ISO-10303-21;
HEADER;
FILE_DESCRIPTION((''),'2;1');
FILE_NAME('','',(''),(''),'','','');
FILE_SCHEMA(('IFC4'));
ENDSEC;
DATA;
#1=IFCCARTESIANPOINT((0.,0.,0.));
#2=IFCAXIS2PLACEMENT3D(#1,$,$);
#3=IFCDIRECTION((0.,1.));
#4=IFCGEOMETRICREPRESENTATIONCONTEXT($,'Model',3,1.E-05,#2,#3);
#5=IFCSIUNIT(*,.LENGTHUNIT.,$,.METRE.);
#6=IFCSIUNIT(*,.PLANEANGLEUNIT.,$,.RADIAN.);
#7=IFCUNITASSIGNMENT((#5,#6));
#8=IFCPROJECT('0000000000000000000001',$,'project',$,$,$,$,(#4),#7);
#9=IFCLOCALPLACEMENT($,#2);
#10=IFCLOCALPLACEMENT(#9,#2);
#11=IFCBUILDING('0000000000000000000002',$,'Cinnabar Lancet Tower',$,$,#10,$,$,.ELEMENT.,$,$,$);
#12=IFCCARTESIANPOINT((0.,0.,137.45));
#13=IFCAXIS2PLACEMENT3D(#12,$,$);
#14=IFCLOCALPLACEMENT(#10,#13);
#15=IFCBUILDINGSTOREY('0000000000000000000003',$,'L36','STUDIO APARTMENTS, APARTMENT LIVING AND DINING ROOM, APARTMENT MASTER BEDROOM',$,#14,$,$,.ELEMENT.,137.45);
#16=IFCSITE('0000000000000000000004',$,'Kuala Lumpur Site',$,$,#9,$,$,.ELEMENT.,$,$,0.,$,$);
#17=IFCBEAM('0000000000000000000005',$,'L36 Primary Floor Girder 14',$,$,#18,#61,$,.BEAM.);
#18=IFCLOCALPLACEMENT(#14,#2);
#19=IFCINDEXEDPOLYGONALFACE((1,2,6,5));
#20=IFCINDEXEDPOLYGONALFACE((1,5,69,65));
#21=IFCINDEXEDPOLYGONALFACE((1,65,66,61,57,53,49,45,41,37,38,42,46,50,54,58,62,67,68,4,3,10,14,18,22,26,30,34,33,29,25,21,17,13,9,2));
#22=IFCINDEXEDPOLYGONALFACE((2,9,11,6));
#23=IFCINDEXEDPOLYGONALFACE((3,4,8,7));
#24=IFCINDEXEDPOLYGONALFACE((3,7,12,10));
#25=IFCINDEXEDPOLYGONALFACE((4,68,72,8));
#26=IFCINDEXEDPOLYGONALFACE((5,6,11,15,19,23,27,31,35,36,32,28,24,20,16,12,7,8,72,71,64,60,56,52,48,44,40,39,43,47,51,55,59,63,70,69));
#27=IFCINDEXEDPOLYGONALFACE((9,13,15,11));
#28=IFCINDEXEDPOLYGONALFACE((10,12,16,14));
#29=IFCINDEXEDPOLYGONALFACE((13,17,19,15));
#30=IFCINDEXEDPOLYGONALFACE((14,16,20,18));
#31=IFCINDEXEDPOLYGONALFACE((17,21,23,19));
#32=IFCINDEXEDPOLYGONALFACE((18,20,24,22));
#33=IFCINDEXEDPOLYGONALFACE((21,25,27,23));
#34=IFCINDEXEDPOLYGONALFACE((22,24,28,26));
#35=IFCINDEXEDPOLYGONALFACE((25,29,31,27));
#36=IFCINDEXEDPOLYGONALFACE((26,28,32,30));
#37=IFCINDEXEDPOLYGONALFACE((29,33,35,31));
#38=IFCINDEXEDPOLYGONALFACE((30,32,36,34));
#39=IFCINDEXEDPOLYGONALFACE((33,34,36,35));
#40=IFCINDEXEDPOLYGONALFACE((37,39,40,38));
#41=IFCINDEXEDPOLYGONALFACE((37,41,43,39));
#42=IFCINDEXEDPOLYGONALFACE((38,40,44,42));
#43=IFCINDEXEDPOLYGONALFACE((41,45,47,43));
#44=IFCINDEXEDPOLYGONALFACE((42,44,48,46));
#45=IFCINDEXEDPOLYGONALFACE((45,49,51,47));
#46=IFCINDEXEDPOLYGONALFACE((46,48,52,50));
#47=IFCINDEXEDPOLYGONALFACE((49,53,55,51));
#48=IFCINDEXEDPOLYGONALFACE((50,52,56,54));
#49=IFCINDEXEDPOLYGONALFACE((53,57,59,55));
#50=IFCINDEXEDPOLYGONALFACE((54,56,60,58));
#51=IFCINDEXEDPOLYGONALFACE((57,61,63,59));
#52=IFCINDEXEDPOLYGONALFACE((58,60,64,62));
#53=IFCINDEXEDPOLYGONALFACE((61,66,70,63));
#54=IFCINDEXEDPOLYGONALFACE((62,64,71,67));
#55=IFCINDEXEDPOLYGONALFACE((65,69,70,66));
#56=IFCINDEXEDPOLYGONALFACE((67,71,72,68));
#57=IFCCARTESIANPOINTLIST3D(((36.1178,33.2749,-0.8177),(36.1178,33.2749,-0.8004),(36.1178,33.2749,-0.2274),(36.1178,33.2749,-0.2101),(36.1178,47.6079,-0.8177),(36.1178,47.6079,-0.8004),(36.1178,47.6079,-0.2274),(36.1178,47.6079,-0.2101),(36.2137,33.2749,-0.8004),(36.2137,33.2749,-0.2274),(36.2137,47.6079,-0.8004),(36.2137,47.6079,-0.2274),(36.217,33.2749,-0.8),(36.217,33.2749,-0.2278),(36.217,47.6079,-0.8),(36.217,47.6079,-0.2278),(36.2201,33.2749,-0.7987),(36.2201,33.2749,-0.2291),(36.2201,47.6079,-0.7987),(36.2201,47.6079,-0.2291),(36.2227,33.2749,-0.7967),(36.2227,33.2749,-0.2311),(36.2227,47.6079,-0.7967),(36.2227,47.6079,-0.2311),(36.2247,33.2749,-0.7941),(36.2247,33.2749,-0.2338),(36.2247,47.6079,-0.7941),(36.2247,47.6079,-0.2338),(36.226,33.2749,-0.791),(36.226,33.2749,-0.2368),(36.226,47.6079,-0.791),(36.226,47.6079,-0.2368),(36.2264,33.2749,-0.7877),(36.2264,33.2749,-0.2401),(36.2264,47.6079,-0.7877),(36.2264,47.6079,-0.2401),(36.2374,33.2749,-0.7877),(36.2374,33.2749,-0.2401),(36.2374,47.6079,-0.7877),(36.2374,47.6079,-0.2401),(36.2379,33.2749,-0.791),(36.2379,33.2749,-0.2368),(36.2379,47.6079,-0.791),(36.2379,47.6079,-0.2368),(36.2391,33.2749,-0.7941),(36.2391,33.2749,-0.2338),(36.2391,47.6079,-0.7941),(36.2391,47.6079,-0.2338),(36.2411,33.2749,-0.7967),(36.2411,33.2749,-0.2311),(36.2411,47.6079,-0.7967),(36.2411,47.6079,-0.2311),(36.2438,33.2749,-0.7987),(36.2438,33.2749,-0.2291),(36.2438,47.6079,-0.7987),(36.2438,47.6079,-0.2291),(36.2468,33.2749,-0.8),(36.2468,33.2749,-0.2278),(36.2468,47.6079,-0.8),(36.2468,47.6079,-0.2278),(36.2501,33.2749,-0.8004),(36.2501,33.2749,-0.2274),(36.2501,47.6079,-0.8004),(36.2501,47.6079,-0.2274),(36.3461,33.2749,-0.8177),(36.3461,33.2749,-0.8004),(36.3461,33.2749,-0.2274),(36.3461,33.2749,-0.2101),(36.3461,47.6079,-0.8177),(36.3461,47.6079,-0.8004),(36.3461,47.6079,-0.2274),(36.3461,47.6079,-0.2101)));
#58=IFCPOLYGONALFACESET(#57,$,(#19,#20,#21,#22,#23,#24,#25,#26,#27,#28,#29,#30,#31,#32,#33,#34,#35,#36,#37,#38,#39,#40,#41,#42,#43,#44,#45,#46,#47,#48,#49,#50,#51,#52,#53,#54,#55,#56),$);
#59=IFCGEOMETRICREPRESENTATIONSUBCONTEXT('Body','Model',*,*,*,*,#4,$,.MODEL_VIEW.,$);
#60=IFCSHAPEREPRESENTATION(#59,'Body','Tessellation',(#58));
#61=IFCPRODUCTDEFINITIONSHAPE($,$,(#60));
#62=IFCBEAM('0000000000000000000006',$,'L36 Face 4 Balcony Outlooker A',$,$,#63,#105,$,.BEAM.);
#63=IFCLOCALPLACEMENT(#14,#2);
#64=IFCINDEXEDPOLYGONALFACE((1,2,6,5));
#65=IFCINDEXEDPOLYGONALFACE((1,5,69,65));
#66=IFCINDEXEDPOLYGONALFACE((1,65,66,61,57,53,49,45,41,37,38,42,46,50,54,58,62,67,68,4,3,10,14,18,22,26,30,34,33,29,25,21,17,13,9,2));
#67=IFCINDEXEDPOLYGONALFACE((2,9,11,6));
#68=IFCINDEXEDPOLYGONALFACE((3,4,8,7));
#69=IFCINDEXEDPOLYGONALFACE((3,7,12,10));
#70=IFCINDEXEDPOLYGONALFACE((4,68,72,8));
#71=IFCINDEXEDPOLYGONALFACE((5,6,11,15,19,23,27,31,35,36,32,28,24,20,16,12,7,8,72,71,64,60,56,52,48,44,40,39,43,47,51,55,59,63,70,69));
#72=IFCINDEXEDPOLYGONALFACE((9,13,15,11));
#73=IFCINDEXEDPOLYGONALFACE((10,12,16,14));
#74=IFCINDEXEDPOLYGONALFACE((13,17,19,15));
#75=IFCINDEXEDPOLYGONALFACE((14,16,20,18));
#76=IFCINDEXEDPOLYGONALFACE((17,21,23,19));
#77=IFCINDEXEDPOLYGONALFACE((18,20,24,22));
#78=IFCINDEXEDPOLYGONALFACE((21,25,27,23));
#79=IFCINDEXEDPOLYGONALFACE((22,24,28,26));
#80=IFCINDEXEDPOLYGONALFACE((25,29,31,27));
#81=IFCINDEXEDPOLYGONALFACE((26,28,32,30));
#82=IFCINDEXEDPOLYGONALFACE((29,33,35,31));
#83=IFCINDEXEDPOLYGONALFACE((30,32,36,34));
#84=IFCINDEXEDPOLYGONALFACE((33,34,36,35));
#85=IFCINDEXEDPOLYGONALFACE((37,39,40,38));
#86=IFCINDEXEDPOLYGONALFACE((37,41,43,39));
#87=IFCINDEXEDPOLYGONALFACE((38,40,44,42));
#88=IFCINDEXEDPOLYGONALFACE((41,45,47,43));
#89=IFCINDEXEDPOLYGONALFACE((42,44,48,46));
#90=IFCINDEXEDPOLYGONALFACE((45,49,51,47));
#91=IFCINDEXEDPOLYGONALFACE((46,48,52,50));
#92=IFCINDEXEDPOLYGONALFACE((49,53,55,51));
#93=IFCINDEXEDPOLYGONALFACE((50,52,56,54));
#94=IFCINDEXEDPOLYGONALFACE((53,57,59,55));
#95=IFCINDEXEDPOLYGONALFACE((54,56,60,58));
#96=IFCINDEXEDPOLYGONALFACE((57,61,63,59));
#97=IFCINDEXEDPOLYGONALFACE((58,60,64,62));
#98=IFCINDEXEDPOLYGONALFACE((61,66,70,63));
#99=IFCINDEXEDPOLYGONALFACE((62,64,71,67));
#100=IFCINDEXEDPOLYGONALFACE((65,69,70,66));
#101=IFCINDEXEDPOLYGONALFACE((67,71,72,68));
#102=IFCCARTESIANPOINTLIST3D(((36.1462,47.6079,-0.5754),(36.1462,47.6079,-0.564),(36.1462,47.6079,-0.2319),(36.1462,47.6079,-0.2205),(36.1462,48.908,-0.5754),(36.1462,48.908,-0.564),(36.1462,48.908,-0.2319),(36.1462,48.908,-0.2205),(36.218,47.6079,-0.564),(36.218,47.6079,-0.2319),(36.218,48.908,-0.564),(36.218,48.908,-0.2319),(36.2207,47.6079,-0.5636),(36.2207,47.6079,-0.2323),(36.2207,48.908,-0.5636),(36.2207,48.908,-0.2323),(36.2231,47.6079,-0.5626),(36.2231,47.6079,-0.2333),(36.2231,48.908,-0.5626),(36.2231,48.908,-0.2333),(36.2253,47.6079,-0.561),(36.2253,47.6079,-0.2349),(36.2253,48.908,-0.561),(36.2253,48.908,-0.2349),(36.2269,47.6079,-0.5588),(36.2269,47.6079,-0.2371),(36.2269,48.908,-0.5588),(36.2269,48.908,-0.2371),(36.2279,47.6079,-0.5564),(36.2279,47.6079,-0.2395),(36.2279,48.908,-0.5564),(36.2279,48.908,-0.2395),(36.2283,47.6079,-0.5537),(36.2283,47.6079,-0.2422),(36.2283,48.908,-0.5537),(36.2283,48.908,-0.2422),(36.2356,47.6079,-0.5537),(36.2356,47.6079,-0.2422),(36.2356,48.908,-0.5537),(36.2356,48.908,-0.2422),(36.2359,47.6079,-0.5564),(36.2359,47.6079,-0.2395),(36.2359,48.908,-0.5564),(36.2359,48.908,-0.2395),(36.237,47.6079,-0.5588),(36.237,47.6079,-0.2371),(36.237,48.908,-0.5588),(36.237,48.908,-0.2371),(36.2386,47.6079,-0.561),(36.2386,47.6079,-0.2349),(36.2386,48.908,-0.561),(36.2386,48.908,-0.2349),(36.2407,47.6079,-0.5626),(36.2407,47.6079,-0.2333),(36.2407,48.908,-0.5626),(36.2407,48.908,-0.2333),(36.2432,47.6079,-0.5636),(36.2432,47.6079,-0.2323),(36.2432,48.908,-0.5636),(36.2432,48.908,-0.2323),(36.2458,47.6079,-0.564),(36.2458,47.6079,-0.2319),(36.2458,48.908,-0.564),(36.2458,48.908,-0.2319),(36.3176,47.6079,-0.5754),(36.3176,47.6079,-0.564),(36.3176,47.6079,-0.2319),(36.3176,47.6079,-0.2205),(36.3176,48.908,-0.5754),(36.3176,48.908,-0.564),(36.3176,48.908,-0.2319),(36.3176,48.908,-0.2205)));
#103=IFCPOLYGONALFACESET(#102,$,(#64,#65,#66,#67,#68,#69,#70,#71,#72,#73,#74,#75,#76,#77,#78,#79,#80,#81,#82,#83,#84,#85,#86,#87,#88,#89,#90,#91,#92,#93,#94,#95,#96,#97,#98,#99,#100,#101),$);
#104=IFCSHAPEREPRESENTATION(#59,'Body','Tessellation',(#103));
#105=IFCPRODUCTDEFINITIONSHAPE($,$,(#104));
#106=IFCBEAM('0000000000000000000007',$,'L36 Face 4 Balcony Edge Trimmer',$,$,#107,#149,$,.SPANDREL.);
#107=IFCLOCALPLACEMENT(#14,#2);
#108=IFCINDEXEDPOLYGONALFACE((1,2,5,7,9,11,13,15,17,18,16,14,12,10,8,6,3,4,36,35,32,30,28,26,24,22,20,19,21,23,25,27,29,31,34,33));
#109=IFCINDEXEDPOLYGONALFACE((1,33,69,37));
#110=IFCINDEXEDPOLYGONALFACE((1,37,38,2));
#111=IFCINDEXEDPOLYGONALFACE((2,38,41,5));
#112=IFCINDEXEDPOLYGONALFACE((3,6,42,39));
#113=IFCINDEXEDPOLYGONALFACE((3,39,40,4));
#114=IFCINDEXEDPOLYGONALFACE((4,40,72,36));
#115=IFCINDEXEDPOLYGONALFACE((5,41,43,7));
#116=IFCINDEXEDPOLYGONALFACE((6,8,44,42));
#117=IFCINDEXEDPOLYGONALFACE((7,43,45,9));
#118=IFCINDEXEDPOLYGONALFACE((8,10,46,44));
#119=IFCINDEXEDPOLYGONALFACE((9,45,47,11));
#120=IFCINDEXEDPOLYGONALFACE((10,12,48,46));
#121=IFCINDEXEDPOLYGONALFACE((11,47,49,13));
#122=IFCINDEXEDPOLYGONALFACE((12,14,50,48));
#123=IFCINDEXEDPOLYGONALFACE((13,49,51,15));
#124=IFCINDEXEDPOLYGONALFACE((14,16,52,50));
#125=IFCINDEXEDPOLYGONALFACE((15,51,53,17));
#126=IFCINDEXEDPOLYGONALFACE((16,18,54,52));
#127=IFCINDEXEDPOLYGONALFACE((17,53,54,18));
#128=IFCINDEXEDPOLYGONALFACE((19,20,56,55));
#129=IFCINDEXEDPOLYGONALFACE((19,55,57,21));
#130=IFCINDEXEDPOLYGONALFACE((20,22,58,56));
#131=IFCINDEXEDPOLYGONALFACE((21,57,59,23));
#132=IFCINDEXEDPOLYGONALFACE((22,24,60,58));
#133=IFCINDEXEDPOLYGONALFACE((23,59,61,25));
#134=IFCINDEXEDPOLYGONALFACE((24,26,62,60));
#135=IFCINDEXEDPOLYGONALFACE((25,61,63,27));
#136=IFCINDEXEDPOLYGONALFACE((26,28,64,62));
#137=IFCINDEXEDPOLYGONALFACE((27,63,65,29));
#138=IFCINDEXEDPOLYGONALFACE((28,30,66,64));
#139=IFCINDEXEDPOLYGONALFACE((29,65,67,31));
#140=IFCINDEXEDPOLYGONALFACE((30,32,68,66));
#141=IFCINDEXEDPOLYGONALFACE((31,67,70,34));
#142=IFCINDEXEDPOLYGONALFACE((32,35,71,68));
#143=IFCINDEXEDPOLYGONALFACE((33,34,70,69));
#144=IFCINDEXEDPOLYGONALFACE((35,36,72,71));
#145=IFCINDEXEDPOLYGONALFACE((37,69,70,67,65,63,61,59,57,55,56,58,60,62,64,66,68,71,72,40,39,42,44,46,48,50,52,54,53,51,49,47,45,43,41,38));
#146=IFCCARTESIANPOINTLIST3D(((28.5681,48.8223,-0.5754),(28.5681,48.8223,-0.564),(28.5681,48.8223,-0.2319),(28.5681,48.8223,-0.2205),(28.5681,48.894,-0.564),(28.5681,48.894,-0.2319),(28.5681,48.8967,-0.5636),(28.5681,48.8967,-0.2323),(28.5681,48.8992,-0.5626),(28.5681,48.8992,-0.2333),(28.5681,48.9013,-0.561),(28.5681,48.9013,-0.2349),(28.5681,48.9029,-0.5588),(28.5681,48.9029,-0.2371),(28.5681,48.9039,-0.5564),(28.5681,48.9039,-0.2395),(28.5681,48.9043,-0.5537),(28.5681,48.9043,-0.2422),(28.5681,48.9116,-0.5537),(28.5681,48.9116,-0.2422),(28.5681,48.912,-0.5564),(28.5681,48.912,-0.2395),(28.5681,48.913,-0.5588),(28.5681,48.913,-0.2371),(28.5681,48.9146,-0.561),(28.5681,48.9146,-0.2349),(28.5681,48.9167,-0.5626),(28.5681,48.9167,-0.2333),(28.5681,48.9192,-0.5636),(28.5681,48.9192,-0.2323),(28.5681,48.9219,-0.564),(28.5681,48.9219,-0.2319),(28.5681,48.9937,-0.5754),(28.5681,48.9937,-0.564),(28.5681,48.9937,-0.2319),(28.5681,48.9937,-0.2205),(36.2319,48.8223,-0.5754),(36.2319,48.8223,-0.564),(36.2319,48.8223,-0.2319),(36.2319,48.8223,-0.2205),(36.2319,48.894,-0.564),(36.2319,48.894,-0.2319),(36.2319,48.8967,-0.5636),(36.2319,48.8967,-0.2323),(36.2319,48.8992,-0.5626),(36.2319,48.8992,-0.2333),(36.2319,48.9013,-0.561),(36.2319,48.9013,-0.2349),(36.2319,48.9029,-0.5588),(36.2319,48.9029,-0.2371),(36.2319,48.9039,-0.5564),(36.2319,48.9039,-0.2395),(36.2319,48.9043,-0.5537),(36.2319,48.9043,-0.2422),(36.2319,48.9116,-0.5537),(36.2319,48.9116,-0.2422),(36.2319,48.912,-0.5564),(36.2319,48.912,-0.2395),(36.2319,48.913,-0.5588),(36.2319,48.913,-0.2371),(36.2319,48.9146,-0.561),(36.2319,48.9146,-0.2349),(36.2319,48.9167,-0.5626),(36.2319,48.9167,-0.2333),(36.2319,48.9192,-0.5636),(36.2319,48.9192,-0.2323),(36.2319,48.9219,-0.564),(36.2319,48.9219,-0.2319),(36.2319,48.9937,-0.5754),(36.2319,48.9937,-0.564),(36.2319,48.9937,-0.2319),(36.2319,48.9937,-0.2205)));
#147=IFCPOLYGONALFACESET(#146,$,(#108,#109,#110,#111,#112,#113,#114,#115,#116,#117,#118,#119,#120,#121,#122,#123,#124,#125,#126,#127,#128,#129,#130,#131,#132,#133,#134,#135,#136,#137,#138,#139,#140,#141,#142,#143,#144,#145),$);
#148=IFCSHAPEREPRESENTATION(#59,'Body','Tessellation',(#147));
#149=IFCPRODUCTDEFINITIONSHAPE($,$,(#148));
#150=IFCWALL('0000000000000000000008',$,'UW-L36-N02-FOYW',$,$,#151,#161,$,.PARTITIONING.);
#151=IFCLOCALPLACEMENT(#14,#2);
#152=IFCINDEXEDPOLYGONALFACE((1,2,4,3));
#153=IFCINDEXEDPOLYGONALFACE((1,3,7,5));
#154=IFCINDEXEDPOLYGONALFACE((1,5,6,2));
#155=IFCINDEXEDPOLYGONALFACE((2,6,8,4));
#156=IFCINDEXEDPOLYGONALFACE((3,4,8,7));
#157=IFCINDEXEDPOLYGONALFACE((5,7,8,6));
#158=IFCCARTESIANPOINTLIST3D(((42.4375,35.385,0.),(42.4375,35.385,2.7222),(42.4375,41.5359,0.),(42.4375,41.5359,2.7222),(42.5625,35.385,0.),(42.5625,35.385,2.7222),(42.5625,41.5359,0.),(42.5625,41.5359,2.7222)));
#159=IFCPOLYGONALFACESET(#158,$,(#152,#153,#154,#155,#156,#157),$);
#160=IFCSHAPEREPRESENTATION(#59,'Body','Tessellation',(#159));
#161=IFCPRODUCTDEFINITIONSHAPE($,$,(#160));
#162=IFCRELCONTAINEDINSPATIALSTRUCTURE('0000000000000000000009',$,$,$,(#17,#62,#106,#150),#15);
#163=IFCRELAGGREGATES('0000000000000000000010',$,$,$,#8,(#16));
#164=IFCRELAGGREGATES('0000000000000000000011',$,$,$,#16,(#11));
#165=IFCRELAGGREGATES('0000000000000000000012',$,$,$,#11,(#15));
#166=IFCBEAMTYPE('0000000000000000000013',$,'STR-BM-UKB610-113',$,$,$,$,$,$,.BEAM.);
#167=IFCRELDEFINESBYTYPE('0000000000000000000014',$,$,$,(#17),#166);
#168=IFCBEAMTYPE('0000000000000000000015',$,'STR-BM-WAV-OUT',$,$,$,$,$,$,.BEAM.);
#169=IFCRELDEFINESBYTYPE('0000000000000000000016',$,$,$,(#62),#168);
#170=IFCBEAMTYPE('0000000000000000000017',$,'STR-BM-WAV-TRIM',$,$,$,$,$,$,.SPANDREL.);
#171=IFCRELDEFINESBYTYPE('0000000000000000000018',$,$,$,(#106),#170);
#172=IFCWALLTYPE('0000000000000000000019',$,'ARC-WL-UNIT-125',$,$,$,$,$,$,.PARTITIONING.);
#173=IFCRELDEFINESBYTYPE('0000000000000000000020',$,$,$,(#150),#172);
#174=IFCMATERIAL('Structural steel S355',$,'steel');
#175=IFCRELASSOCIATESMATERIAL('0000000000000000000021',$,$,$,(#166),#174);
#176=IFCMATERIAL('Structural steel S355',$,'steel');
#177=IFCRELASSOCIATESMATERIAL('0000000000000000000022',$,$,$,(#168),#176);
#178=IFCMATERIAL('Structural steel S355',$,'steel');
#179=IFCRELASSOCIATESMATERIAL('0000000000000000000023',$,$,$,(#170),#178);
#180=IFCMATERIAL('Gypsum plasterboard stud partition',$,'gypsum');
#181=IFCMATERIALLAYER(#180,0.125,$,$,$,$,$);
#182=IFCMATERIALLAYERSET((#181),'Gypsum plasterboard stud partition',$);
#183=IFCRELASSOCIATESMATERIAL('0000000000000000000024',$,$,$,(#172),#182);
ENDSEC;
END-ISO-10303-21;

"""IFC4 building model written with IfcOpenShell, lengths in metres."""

from ifc_helpers import new_model, si_unit, direction, frame, frame_2d, origin, origin_2d, place, context, subcontext, project, spatial, rectangle, i_section, extrude, material, layer, layer_set, material_profile, profile_set, type_object, element, save


model = new_model("IFC4")

# Units and contexts
model_context = context("Model", 3, precision=1e-05, world=origin(), true_north=direction((0.0, 1.0)))
body_context = subcontext(model_context, "Body", "Model", "MODEL_VIEW")
ifc_project = project(units=[si_unit("LENGTHUNIT", "METRE"), si_unit("PLANEANGLEUNIT", "RADIAN")], contexts=[model_context])

# Site, building, storey
site_placement = place(None, origin())
site = spatial("IfcSite", under=ifc_project, at=site_placement, Name="Kuala Lumpur Site", CompositionType="ELEMENT", RefElevation=0.0)
building_placement = place(site_placement, origin())
building = spatial("IfcBuilding", under=site, at=building_placement, Name="Cinnabar Lancet Tower", CompositionType="ELEMENT")
storey_placement = place(building_placement, frame((0.0, 0.0, 137.45)))
storey = spatial("IfcBuildingStorey", under=building, at=storey_placement, Name="L36", Description="STUDIO APARTMENTS, APARTMENT LIVING AND DINING ROOM, APARTMENT MASTER BEDROOM", CompositionType="ELEMENT", Elevation=137.45)

# Beams
ifc_material_1 = material(Name="Structural steel S355", Category="steel")
ifc_material_profile_1 = material_profile(ifc_material_1, i_section(OverallWidth=0.2283, OverallDepth=0.6077, WebThickness=0.011, FlangeThickness=0.0173, FilletRadius=0.0127, at=origin_2d()), Name="UKB 610x229x113")
ifc_profile_set_1 = profile_set([ifc_material_profile_1], Name="Structural steel S355")
beam_type_1 = type_object("IfcBeamType", Name="STR-BM-UKB610-113", PredefinedType="BEAM", material=ifc_profile_set_1)
beam_1_placement = place(storey_placement, frame((36.2319, 47.6079, -0.5139), z_axis=(0.0, -1.0, 0.0), x_axis=(1.0, 0.0, 0.0)))
element("IfcBeam", 1, at=beam_1_placement, inside=storey, type_object=beam_type_1, Name="L36 Primary Floor Girder 14", PredefinedType="BEAM", context=body_context, shape_type="SweptSolid", body=[
    extrude(i_section(OverallWidth=0.2283, OverallDepth=0.6077, WebThickness=0.011, FlangeThickness=0.0173, FilletRadius=0.0127, at=origin_2d()), origin(), (0.0, 0.0, 1.0), 14.333),
])
ifc_material_2 = material(Name="Structural steel S355", Category="steel")
ifc_material_profile_2 = material_profile(ifc_material_2, i_section(OverallWidth=0.1714, OverallDepth=0.355, WebThickness=0.0073, FlangeThickness=0.0115, FilletRadius=0.0103, at=origin_2d()), Name="UKB 356x171x51")
ifc_profile_set_2 = profile_set([ifc_material_profile_2], Name="Structural steel S355")
beam_type_2 = type_object("IfcBeamType", Name="STR-BM-WAV-OUT", PredefinedType="BEAM", material=ifc_profile_set_2)
beam_2_placement = place(storey_placement, frame((36.2319, 47.6079, -0.3979), z_axis=(0.0, 1.0, 0.0), x_axis=(-1.0, 0.0, 0.0)))
element("IfcBeam", 2, at=beam_2_placement, inside=storey, type_object=beam_type_2, Name="L36 Face 4 Balcony Outlooker A", PredefinedType="BEAM", context=body_context, shape_type="SweptSolid", body=[
    extrude(i_section(OverallWidth=0.1714, OverallDepth=0.355, WebThickness=0.0073, FlangeThickness=0.0115, FilletRadius=0.0103, at=origin_2d()), origin(), (0.0, 0.0, 1.0), 1.3),
])
ifc_material_3 = material(Name="Structural steel S355", Category="steel")
ifc_material_profile_3 = material_profile(ifc_material_3, i_section(OverallWidth=0.1714, OverallDepth=0.355, WebThickness=0.0073, FlangeThickness=0.0115, FilletRadius=0.0103, at=origin_2d()), Name="UKB 356x171x51")
ifc_profile_set_3 = profile_set([ifc_material_profile_3], Name="Structural steel S355")
beam_type_3 = type_object("IfcBeamType", Name="STR-BM-WAV-TRIM", PredefinedType="SPANDREL", material=ifc_profile_set_3)
beam_3_placement = place(storey_placement, frame((36.2319, 48.908, -0.3979), z_axis=(-1.0, 0.0, 0.0), x_axis=(0.0, -1.0, 0.0)))
element("IfcBeam", 3, at=beam_3_placement, inside=storey, type_object=beam_type_3, Name="L36 Face 4 Balcony Edge Trimmer", PredefinedType="SPANDREL", context=body_context, shape_type="SweptSolid", body=[
    extrude(i_section(OverallWidth=0.1714, OverallDepth=0.355, WebThickness=0.0073, FlangeThickness=0.0115, FilletRadius=0.0103, at=origin_2d()), origin(), (0.0, 0.0, 1.0), 7.6638),
])

# Wall
ifc_material_4 = material(Name="Gypsum plasterboard stud partition", Category="gypsum")
ifc_layer_1 = layer(ifc_material_4, 0.125)
ifc_layer_set_1 = layer_set([ifc_layer_1], Name="Gypsum plasterboard stud partition")
wall_type_1 = type_object("IfcWallType", Name="ARC-WL-UNIT-125", PredefinedType="PARTITIONING", material=ifc_layer_set_1)
wall_1_placement = place(storey_placement, frame((42.5, 35.385, 0.0), z_axis=(0.0, 0.0, 1.0), x_axis=(0.0, 1.0, 0.0)))
element("IfcWall", 4, at=wall_1_placement, inside=storey, type_object=wall_type_1, Name="UW-L36-N02-FOYW", PredefinedType="PARTITIONING", context=body_context, shape_type="SweptSolid", body=[
    extrude(rectangle(XDim=6.1509, YDim=0.125, at=frame_2d((3.0754, 0.0))), origin(), (0.0, 0.0, 1.0), 2.7222),
])

save(model, "model.ifc")
